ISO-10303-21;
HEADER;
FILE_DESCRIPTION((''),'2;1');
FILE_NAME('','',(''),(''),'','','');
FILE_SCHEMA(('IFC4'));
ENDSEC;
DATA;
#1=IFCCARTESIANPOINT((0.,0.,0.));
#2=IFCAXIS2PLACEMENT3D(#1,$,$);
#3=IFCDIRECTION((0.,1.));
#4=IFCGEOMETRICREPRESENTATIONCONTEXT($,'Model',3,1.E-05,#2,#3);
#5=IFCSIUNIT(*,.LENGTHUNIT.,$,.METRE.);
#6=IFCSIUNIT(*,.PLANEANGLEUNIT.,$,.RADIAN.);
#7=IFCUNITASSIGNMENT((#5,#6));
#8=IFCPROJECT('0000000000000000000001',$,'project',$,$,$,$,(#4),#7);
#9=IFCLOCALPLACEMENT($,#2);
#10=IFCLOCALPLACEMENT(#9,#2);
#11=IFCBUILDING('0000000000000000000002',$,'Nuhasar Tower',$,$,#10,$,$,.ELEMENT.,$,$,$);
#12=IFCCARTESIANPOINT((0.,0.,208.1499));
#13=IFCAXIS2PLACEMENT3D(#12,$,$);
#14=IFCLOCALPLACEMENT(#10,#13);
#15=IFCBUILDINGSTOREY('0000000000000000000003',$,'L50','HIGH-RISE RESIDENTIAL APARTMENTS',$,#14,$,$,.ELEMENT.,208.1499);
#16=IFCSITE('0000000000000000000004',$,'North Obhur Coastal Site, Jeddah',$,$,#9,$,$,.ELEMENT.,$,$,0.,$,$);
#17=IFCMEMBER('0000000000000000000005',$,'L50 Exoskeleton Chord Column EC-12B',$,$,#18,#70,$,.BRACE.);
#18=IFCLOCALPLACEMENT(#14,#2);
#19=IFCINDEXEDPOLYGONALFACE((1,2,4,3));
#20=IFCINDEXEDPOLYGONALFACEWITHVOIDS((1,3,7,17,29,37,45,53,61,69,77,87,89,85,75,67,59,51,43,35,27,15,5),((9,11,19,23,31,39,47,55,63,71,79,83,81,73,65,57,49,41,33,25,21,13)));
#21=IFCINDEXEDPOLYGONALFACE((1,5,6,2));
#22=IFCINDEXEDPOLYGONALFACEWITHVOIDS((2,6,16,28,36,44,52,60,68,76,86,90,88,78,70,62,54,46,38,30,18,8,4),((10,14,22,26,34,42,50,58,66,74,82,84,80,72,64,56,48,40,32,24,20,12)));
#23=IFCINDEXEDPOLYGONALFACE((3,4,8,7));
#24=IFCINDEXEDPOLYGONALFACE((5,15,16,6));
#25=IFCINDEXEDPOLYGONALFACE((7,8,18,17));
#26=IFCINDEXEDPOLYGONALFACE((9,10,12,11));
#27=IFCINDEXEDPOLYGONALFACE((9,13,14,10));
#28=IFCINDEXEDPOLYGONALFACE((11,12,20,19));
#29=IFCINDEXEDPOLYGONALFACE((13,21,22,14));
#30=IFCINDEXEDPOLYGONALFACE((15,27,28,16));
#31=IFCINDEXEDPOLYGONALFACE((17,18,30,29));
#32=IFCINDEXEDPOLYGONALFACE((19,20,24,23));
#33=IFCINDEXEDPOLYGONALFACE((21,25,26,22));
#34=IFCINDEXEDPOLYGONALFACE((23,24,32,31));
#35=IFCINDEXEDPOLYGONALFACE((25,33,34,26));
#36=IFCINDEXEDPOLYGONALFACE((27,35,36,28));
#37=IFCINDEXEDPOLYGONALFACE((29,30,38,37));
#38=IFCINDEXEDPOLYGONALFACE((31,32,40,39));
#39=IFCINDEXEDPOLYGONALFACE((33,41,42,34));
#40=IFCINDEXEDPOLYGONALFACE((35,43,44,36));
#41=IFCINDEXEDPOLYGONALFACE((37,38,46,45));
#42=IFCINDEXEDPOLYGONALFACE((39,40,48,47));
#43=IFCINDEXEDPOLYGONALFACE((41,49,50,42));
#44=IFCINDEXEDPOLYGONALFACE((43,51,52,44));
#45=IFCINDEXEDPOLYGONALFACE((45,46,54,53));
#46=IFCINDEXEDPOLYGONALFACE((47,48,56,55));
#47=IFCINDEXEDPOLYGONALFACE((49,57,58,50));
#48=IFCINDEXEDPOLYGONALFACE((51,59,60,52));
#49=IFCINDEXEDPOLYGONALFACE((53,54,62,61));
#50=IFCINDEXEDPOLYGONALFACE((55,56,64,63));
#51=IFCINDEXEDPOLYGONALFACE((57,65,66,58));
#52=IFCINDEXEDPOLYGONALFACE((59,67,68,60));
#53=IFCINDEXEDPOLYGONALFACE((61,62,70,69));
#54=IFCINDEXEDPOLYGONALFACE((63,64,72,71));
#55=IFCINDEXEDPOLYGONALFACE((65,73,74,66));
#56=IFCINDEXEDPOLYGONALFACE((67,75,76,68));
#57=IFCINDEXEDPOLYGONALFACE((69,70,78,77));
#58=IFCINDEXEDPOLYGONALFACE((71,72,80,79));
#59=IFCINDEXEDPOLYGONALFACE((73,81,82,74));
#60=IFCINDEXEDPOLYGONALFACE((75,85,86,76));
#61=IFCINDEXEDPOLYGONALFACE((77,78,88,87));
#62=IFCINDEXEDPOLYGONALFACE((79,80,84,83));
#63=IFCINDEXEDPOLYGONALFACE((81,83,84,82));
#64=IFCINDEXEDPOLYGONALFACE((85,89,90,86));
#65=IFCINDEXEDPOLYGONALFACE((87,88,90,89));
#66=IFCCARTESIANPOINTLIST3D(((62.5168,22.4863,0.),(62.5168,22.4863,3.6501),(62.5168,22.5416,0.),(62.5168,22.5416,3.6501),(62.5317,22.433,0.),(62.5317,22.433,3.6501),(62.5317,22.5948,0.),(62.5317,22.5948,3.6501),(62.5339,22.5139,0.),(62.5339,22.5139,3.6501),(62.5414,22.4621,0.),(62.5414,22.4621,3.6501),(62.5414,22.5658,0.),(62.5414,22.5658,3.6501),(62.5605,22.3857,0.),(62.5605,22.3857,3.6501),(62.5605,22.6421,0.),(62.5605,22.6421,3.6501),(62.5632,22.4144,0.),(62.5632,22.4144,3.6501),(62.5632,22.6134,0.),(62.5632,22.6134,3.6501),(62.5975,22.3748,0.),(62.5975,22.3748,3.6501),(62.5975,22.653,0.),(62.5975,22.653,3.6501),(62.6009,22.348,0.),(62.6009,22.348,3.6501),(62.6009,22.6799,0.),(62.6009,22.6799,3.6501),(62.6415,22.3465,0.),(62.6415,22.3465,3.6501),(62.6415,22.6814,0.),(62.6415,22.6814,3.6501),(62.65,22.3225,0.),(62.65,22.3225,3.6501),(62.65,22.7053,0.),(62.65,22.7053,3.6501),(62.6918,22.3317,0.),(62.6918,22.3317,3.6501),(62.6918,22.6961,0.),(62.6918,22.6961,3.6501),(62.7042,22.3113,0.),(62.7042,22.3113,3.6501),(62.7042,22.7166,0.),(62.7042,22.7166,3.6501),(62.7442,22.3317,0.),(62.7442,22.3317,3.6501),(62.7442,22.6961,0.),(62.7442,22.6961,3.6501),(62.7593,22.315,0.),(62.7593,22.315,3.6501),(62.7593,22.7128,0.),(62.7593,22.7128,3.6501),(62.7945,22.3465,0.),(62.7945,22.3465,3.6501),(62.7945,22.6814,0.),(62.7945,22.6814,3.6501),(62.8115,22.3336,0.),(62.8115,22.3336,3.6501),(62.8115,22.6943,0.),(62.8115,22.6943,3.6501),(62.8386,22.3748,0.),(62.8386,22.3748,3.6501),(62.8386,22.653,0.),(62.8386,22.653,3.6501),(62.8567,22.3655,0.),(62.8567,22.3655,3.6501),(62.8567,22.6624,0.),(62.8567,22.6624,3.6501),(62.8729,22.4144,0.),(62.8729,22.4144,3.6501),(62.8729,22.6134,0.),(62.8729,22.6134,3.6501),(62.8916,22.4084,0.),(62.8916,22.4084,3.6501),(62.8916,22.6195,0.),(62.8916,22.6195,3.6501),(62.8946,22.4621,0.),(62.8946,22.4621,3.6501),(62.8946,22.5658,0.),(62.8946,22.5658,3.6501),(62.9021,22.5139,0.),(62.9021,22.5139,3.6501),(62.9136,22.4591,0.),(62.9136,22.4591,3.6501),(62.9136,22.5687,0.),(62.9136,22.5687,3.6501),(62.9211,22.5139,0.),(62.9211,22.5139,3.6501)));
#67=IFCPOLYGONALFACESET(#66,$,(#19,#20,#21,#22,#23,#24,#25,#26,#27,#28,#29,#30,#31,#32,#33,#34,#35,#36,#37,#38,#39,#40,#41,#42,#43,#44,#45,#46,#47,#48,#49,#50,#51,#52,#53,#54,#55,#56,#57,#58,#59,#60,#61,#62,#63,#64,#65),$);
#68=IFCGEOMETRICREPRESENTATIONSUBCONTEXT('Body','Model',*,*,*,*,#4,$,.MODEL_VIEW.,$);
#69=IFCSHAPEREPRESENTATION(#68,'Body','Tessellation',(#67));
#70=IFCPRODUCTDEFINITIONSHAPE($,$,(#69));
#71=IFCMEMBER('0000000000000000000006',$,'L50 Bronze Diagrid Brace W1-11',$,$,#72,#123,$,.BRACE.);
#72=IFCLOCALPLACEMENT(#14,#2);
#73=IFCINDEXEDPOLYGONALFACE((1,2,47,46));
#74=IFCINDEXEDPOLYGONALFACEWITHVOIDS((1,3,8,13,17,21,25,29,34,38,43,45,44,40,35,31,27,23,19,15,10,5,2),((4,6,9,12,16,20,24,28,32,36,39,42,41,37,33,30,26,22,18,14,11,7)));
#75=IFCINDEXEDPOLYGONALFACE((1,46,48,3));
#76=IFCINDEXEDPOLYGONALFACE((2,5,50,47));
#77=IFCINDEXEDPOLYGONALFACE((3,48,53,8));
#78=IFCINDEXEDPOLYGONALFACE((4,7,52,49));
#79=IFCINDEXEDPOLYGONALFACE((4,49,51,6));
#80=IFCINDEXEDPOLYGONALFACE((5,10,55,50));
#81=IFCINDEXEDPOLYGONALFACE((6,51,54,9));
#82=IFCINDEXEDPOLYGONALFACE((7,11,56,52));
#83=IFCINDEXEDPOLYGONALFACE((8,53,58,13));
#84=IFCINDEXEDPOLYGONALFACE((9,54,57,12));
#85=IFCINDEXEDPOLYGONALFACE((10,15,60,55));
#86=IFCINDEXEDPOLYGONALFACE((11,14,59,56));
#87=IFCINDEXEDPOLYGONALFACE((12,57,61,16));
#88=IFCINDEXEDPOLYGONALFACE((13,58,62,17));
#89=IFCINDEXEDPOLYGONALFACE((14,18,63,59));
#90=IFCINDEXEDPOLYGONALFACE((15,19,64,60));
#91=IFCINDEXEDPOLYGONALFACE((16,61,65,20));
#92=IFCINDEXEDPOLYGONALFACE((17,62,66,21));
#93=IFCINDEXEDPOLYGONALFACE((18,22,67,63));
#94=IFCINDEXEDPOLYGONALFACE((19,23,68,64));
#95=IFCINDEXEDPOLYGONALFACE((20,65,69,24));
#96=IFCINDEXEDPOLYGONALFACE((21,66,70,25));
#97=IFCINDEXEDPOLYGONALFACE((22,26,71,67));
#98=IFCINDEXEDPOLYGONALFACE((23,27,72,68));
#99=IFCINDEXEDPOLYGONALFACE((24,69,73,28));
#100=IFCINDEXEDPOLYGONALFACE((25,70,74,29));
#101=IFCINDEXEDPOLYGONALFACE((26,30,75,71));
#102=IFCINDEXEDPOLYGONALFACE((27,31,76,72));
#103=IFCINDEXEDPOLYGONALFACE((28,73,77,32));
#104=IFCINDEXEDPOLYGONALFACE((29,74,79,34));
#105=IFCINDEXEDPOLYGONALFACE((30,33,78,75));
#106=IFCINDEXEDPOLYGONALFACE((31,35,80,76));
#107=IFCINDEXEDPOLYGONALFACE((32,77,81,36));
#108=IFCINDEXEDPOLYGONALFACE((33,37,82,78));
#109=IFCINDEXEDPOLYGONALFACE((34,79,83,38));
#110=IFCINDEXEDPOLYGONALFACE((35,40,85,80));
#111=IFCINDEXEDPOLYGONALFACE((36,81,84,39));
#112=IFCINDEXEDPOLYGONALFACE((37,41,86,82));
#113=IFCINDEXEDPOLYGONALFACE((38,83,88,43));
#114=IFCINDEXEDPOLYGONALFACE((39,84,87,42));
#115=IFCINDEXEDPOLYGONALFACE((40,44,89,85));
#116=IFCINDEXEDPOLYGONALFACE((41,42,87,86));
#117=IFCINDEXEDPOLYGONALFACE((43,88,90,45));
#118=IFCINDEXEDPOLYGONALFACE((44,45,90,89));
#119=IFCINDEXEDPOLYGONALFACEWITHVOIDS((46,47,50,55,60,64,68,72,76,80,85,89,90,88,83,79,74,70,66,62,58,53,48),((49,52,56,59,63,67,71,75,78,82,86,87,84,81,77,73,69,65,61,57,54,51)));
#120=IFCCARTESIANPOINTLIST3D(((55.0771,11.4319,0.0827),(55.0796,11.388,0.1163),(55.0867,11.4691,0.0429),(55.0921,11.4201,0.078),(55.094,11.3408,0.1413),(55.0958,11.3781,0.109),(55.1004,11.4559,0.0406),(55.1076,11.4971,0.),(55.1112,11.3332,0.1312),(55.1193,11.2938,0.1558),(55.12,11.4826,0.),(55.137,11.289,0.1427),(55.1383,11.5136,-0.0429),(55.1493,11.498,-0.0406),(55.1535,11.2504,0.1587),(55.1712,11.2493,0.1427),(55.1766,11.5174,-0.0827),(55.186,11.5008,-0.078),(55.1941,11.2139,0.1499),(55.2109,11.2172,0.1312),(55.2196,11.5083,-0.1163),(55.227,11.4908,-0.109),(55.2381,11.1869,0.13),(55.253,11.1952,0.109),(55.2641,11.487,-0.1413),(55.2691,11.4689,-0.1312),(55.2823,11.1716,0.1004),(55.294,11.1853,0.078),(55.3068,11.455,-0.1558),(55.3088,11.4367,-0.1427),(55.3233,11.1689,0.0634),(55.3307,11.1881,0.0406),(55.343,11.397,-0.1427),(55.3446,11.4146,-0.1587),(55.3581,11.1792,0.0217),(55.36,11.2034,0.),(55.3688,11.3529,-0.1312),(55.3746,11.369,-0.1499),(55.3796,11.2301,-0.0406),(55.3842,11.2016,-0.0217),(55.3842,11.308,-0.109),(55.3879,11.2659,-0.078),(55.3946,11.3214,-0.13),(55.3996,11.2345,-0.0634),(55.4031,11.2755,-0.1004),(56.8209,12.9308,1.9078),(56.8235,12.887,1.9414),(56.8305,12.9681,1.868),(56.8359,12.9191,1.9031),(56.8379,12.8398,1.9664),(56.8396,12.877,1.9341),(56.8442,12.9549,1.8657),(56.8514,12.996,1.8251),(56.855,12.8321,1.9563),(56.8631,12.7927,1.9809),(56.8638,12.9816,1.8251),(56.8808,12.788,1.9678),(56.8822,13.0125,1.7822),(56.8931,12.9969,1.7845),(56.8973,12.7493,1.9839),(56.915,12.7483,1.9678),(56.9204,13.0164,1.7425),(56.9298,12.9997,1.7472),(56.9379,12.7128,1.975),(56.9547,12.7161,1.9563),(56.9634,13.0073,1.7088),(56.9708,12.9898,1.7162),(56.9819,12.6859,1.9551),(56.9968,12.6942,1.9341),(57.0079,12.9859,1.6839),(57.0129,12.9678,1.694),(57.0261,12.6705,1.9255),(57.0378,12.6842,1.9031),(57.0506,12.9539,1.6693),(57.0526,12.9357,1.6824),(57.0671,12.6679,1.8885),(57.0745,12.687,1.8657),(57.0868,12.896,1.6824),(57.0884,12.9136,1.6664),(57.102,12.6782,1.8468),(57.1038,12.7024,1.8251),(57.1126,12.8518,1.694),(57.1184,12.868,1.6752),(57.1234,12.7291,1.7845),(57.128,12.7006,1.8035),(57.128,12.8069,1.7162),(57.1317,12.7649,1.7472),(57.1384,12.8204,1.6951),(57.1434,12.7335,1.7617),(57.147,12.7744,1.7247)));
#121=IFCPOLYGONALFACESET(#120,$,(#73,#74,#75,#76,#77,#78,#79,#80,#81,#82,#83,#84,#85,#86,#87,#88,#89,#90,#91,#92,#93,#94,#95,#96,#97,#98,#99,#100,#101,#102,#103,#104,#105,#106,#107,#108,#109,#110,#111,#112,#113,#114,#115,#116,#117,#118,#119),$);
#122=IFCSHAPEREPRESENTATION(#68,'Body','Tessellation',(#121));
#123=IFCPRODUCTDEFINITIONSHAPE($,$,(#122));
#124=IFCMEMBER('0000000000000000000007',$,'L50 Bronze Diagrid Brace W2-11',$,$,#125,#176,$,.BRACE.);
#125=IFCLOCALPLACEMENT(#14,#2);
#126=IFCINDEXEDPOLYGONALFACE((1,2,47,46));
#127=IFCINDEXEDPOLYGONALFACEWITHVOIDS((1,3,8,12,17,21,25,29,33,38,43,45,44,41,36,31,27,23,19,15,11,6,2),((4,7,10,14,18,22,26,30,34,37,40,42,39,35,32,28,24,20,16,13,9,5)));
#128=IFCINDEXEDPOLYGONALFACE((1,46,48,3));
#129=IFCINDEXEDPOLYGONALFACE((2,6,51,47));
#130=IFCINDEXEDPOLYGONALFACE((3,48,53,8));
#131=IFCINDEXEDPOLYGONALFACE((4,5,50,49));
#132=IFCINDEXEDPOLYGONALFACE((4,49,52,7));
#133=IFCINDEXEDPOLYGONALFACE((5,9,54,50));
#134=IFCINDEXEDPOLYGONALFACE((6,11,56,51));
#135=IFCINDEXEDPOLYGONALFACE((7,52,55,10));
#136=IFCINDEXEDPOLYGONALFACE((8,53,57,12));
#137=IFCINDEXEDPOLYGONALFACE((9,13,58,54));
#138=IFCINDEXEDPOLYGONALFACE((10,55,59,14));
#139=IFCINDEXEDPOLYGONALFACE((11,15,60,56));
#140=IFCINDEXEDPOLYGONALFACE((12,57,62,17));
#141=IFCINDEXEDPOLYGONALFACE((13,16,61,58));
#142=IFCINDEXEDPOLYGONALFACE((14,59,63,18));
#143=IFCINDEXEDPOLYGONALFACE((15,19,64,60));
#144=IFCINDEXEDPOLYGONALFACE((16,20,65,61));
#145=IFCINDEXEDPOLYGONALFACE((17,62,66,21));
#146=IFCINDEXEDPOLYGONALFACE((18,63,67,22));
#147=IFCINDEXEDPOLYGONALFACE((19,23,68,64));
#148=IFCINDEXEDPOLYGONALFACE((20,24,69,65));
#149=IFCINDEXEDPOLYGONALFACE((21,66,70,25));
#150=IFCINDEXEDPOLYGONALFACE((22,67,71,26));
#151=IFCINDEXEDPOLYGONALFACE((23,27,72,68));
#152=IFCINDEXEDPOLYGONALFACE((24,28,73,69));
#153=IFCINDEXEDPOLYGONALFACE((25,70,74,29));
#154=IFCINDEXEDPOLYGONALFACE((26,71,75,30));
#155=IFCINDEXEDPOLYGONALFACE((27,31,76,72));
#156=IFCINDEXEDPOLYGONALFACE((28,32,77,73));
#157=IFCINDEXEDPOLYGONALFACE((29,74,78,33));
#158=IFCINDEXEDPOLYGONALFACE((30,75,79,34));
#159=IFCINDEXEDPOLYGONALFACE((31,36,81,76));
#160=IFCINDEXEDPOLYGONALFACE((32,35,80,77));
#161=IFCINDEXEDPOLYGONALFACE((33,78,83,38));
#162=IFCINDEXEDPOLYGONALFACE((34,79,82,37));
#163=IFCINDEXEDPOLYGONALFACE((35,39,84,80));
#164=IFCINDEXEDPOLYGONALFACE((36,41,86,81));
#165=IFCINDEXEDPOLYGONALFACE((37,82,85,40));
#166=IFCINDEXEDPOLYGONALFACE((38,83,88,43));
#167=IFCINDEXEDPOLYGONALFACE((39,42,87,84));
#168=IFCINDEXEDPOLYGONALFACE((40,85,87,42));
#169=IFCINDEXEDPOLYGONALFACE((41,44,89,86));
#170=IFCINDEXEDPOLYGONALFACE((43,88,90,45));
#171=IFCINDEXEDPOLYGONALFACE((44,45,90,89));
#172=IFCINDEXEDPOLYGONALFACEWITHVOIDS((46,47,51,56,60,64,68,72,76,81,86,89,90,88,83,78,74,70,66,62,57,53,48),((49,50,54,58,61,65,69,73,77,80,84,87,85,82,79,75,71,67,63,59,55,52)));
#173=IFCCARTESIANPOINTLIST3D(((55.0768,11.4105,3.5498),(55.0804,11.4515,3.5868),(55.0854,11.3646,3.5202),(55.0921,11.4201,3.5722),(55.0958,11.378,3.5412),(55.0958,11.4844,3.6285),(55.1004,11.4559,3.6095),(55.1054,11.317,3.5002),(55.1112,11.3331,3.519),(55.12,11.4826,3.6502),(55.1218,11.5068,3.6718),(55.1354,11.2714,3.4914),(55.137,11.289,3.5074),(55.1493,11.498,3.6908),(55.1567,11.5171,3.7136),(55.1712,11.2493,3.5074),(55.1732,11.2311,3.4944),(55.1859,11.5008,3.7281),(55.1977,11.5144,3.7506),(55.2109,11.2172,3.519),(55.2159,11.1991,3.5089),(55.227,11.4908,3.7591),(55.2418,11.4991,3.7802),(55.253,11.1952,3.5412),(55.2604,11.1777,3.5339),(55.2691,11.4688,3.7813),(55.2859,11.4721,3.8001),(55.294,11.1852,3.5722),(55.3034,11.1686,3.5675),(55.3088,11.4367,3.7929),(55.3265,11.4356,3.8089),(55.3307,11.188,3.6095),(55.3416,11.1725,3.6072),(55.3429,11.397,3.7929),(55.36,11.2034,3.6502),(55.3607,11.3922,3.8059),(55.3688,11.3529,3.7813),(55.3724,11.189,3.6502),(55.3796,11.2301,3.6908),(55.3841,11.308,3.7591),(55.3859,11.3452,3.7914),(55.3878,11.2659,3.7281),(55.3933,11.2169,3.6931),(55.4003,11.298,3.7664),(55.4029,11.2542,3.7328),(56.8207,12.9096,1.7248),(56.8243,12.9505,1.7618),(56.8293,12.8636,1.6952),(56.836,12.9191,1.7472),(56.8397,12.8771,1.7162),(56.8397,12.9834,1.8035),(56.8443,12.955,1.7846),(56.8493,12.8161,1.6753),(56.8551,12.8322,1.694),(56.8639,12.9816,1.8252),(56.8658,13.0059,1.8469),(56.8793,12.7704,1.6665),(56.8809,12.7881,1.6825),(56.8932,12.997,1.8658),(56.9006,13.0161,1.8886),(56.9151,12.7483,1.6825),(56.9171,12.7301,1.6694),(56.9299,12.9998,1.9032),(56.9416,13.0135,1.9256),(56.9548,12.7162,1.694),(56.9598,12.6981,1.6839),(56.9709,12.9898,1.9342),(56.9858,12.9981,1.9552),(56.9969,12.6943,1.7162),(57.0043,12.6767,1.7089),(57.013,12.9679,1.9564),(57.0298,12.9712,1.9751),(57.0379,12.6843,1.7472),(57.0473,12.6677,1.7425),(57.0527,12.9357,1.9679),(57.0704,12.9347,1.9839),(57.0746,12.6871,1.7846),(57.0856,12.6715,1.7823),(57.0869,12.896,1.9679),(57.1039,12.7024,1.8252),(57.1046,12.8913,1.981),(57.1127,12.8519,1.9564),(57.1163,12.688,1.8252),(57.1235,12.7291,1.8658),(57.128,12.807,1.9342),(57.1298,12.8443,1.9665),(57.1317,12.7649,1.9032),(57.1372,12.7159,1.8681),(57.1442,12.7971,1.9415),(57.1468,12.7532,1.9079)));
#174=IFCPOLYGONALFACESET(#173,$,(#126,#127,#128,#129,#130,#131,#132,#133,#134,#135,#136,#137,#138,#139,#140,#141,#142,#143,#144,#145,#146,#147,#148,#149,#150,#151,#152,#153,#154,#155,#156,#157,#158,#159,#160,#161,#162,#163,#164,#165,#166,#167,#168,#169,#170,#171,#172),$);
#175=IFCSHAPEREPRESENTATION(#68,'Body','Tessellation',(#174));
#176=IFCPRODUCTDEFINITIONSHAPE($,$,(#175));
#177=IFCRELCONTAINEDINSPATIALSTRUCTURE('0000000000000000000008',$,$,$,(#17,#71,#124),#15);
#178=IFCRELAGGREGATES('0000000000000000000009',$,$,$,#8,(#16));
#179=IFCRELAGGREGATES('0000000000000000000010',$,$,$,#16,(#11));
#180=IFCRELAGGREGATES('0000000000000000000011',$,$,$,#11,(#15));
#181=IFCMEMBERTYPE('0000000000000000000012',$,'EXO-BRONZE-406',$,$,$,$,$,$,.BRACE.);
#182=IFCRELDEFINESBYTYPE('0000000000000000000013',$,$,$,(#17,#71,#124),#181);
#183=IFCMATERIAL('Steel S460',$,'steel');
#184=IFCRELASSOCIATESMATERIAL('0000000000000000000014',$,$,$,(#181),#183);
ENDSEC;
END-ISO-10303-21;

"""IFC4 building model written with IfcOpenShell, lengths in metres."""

from ifc_helpers import new_model, si_unit, direction, frame, origin, origin_2d, place, context, subcontext, project, spatial, hollow_circle, extrude, material, material_profile, profile_set, type_object, element, save


model = new_model("IFC4")

# Units and contexts
model_context = context("Model", 3, precision=1e-05, world=origin(), true_north=direction((0.0, 1.0)))
body_context = subcontext(model_context, "Body", "Model", "MODEL_VIEW")
ifc_project = project(units=[si_unit("LENGTHUNIT", "METRE"), si_unit("PLANEANGLEUNIT", "RADIAN")], contexts=[model_context])

# Site, building, storey
site_placement = place(None, origin())
site = spatial("IfcSite", under=ifc_project, at=site_placement, Name="North Obhur Coastal Site, Jeddah", CompositionType="ELEMENT", RefElevation=0.0)
building_placement = place(site_placement, origin())
building = spatial("IfcBuilding", under=site, at=building_placement, Name="Nuhasar Tower", CompositionType="ELEMENT")
storey_placement = place(building_placement, frame((0.0, 0.0, 208.1499)))
storey = spatial("IfcBuildingStorey", under=building, at=storey_placement, Name="L50", Description="HIGH-RISE RESIDENTIAL APARTMENTS", CompositionType="ELEMENT", Elevation=208.1499)

# Members
ifc_material_1 = material(Name="Steel S460", Category="steel")
ifc_material_profile_1 = material_profile(ifc_material_1, hollow_circle(Radius=0.2031, WallThickness=0.019, at=origin_2d()), Name="HSS406.4X19.1")
ifc_profile_set_1 = profile_set([ifc_material_profile_1], Name="Steel S460")
member_type_1 = type_object("IfcMemberType", Name="EXO-BRONZE-406", PredefinedType="BRACE", material=ifc_profile_set_1)
for number, where, z_axis, x_axis, name in (
    (1, (62.718, 22.5139, 0.0), (0.0, 0.0, 1.0), (1.0, 0.0, 0.0), "L50 Exoskeleton Chord Column EC-12B"),
):
    element("IfcMember", number, at=place(storey_placement, frame(where, z_axis=z_axis, x_axis=x_axis)), inside=storey, type_object=member_type_1, Name=name, PredefinedType="BRACE", context=body_context, shape_type="SweptSolid", body=[
        extrude(hollow_circle(Radius=0.2031, WallThickness=0.019, at=origin_2d()), origin(), (0.0, 0.0, 1.0), 3.6501),
    ])
for number, where, z_axis, x_axis, name in (
    (2, (55.24, 11.343, 0.0), (0.593988, 0.510582, 0.621679), (-0.651857, 0.758342, 0.0), "L50 Bronze Diagrid Brace W1-11"),
    (3, (56.9839, 12.842, 1.8252), (-0.594019, -0.510608, 0.621628), (0.651857, -0.758342, 0.0), "L50 Bronze Diagrid Brace W2-11"),
):
    element("IfcMember", number, at=place(storey_placement, frame(where, z_axis=z_axis, x_axis=x_axis)), inside=storey, type_object=member_type_1, Name=name, PredefinedType="BRACE", context=body_context, shape_type="SweptSolid", body=[
        extrude(hollow_circle(Radius=0.2031, WallThickness=0.019, at=origin_2d()), origin(), (0.0, 0.0, 1.0), 2.9358),
    ])

save(model, "model.ifc")
